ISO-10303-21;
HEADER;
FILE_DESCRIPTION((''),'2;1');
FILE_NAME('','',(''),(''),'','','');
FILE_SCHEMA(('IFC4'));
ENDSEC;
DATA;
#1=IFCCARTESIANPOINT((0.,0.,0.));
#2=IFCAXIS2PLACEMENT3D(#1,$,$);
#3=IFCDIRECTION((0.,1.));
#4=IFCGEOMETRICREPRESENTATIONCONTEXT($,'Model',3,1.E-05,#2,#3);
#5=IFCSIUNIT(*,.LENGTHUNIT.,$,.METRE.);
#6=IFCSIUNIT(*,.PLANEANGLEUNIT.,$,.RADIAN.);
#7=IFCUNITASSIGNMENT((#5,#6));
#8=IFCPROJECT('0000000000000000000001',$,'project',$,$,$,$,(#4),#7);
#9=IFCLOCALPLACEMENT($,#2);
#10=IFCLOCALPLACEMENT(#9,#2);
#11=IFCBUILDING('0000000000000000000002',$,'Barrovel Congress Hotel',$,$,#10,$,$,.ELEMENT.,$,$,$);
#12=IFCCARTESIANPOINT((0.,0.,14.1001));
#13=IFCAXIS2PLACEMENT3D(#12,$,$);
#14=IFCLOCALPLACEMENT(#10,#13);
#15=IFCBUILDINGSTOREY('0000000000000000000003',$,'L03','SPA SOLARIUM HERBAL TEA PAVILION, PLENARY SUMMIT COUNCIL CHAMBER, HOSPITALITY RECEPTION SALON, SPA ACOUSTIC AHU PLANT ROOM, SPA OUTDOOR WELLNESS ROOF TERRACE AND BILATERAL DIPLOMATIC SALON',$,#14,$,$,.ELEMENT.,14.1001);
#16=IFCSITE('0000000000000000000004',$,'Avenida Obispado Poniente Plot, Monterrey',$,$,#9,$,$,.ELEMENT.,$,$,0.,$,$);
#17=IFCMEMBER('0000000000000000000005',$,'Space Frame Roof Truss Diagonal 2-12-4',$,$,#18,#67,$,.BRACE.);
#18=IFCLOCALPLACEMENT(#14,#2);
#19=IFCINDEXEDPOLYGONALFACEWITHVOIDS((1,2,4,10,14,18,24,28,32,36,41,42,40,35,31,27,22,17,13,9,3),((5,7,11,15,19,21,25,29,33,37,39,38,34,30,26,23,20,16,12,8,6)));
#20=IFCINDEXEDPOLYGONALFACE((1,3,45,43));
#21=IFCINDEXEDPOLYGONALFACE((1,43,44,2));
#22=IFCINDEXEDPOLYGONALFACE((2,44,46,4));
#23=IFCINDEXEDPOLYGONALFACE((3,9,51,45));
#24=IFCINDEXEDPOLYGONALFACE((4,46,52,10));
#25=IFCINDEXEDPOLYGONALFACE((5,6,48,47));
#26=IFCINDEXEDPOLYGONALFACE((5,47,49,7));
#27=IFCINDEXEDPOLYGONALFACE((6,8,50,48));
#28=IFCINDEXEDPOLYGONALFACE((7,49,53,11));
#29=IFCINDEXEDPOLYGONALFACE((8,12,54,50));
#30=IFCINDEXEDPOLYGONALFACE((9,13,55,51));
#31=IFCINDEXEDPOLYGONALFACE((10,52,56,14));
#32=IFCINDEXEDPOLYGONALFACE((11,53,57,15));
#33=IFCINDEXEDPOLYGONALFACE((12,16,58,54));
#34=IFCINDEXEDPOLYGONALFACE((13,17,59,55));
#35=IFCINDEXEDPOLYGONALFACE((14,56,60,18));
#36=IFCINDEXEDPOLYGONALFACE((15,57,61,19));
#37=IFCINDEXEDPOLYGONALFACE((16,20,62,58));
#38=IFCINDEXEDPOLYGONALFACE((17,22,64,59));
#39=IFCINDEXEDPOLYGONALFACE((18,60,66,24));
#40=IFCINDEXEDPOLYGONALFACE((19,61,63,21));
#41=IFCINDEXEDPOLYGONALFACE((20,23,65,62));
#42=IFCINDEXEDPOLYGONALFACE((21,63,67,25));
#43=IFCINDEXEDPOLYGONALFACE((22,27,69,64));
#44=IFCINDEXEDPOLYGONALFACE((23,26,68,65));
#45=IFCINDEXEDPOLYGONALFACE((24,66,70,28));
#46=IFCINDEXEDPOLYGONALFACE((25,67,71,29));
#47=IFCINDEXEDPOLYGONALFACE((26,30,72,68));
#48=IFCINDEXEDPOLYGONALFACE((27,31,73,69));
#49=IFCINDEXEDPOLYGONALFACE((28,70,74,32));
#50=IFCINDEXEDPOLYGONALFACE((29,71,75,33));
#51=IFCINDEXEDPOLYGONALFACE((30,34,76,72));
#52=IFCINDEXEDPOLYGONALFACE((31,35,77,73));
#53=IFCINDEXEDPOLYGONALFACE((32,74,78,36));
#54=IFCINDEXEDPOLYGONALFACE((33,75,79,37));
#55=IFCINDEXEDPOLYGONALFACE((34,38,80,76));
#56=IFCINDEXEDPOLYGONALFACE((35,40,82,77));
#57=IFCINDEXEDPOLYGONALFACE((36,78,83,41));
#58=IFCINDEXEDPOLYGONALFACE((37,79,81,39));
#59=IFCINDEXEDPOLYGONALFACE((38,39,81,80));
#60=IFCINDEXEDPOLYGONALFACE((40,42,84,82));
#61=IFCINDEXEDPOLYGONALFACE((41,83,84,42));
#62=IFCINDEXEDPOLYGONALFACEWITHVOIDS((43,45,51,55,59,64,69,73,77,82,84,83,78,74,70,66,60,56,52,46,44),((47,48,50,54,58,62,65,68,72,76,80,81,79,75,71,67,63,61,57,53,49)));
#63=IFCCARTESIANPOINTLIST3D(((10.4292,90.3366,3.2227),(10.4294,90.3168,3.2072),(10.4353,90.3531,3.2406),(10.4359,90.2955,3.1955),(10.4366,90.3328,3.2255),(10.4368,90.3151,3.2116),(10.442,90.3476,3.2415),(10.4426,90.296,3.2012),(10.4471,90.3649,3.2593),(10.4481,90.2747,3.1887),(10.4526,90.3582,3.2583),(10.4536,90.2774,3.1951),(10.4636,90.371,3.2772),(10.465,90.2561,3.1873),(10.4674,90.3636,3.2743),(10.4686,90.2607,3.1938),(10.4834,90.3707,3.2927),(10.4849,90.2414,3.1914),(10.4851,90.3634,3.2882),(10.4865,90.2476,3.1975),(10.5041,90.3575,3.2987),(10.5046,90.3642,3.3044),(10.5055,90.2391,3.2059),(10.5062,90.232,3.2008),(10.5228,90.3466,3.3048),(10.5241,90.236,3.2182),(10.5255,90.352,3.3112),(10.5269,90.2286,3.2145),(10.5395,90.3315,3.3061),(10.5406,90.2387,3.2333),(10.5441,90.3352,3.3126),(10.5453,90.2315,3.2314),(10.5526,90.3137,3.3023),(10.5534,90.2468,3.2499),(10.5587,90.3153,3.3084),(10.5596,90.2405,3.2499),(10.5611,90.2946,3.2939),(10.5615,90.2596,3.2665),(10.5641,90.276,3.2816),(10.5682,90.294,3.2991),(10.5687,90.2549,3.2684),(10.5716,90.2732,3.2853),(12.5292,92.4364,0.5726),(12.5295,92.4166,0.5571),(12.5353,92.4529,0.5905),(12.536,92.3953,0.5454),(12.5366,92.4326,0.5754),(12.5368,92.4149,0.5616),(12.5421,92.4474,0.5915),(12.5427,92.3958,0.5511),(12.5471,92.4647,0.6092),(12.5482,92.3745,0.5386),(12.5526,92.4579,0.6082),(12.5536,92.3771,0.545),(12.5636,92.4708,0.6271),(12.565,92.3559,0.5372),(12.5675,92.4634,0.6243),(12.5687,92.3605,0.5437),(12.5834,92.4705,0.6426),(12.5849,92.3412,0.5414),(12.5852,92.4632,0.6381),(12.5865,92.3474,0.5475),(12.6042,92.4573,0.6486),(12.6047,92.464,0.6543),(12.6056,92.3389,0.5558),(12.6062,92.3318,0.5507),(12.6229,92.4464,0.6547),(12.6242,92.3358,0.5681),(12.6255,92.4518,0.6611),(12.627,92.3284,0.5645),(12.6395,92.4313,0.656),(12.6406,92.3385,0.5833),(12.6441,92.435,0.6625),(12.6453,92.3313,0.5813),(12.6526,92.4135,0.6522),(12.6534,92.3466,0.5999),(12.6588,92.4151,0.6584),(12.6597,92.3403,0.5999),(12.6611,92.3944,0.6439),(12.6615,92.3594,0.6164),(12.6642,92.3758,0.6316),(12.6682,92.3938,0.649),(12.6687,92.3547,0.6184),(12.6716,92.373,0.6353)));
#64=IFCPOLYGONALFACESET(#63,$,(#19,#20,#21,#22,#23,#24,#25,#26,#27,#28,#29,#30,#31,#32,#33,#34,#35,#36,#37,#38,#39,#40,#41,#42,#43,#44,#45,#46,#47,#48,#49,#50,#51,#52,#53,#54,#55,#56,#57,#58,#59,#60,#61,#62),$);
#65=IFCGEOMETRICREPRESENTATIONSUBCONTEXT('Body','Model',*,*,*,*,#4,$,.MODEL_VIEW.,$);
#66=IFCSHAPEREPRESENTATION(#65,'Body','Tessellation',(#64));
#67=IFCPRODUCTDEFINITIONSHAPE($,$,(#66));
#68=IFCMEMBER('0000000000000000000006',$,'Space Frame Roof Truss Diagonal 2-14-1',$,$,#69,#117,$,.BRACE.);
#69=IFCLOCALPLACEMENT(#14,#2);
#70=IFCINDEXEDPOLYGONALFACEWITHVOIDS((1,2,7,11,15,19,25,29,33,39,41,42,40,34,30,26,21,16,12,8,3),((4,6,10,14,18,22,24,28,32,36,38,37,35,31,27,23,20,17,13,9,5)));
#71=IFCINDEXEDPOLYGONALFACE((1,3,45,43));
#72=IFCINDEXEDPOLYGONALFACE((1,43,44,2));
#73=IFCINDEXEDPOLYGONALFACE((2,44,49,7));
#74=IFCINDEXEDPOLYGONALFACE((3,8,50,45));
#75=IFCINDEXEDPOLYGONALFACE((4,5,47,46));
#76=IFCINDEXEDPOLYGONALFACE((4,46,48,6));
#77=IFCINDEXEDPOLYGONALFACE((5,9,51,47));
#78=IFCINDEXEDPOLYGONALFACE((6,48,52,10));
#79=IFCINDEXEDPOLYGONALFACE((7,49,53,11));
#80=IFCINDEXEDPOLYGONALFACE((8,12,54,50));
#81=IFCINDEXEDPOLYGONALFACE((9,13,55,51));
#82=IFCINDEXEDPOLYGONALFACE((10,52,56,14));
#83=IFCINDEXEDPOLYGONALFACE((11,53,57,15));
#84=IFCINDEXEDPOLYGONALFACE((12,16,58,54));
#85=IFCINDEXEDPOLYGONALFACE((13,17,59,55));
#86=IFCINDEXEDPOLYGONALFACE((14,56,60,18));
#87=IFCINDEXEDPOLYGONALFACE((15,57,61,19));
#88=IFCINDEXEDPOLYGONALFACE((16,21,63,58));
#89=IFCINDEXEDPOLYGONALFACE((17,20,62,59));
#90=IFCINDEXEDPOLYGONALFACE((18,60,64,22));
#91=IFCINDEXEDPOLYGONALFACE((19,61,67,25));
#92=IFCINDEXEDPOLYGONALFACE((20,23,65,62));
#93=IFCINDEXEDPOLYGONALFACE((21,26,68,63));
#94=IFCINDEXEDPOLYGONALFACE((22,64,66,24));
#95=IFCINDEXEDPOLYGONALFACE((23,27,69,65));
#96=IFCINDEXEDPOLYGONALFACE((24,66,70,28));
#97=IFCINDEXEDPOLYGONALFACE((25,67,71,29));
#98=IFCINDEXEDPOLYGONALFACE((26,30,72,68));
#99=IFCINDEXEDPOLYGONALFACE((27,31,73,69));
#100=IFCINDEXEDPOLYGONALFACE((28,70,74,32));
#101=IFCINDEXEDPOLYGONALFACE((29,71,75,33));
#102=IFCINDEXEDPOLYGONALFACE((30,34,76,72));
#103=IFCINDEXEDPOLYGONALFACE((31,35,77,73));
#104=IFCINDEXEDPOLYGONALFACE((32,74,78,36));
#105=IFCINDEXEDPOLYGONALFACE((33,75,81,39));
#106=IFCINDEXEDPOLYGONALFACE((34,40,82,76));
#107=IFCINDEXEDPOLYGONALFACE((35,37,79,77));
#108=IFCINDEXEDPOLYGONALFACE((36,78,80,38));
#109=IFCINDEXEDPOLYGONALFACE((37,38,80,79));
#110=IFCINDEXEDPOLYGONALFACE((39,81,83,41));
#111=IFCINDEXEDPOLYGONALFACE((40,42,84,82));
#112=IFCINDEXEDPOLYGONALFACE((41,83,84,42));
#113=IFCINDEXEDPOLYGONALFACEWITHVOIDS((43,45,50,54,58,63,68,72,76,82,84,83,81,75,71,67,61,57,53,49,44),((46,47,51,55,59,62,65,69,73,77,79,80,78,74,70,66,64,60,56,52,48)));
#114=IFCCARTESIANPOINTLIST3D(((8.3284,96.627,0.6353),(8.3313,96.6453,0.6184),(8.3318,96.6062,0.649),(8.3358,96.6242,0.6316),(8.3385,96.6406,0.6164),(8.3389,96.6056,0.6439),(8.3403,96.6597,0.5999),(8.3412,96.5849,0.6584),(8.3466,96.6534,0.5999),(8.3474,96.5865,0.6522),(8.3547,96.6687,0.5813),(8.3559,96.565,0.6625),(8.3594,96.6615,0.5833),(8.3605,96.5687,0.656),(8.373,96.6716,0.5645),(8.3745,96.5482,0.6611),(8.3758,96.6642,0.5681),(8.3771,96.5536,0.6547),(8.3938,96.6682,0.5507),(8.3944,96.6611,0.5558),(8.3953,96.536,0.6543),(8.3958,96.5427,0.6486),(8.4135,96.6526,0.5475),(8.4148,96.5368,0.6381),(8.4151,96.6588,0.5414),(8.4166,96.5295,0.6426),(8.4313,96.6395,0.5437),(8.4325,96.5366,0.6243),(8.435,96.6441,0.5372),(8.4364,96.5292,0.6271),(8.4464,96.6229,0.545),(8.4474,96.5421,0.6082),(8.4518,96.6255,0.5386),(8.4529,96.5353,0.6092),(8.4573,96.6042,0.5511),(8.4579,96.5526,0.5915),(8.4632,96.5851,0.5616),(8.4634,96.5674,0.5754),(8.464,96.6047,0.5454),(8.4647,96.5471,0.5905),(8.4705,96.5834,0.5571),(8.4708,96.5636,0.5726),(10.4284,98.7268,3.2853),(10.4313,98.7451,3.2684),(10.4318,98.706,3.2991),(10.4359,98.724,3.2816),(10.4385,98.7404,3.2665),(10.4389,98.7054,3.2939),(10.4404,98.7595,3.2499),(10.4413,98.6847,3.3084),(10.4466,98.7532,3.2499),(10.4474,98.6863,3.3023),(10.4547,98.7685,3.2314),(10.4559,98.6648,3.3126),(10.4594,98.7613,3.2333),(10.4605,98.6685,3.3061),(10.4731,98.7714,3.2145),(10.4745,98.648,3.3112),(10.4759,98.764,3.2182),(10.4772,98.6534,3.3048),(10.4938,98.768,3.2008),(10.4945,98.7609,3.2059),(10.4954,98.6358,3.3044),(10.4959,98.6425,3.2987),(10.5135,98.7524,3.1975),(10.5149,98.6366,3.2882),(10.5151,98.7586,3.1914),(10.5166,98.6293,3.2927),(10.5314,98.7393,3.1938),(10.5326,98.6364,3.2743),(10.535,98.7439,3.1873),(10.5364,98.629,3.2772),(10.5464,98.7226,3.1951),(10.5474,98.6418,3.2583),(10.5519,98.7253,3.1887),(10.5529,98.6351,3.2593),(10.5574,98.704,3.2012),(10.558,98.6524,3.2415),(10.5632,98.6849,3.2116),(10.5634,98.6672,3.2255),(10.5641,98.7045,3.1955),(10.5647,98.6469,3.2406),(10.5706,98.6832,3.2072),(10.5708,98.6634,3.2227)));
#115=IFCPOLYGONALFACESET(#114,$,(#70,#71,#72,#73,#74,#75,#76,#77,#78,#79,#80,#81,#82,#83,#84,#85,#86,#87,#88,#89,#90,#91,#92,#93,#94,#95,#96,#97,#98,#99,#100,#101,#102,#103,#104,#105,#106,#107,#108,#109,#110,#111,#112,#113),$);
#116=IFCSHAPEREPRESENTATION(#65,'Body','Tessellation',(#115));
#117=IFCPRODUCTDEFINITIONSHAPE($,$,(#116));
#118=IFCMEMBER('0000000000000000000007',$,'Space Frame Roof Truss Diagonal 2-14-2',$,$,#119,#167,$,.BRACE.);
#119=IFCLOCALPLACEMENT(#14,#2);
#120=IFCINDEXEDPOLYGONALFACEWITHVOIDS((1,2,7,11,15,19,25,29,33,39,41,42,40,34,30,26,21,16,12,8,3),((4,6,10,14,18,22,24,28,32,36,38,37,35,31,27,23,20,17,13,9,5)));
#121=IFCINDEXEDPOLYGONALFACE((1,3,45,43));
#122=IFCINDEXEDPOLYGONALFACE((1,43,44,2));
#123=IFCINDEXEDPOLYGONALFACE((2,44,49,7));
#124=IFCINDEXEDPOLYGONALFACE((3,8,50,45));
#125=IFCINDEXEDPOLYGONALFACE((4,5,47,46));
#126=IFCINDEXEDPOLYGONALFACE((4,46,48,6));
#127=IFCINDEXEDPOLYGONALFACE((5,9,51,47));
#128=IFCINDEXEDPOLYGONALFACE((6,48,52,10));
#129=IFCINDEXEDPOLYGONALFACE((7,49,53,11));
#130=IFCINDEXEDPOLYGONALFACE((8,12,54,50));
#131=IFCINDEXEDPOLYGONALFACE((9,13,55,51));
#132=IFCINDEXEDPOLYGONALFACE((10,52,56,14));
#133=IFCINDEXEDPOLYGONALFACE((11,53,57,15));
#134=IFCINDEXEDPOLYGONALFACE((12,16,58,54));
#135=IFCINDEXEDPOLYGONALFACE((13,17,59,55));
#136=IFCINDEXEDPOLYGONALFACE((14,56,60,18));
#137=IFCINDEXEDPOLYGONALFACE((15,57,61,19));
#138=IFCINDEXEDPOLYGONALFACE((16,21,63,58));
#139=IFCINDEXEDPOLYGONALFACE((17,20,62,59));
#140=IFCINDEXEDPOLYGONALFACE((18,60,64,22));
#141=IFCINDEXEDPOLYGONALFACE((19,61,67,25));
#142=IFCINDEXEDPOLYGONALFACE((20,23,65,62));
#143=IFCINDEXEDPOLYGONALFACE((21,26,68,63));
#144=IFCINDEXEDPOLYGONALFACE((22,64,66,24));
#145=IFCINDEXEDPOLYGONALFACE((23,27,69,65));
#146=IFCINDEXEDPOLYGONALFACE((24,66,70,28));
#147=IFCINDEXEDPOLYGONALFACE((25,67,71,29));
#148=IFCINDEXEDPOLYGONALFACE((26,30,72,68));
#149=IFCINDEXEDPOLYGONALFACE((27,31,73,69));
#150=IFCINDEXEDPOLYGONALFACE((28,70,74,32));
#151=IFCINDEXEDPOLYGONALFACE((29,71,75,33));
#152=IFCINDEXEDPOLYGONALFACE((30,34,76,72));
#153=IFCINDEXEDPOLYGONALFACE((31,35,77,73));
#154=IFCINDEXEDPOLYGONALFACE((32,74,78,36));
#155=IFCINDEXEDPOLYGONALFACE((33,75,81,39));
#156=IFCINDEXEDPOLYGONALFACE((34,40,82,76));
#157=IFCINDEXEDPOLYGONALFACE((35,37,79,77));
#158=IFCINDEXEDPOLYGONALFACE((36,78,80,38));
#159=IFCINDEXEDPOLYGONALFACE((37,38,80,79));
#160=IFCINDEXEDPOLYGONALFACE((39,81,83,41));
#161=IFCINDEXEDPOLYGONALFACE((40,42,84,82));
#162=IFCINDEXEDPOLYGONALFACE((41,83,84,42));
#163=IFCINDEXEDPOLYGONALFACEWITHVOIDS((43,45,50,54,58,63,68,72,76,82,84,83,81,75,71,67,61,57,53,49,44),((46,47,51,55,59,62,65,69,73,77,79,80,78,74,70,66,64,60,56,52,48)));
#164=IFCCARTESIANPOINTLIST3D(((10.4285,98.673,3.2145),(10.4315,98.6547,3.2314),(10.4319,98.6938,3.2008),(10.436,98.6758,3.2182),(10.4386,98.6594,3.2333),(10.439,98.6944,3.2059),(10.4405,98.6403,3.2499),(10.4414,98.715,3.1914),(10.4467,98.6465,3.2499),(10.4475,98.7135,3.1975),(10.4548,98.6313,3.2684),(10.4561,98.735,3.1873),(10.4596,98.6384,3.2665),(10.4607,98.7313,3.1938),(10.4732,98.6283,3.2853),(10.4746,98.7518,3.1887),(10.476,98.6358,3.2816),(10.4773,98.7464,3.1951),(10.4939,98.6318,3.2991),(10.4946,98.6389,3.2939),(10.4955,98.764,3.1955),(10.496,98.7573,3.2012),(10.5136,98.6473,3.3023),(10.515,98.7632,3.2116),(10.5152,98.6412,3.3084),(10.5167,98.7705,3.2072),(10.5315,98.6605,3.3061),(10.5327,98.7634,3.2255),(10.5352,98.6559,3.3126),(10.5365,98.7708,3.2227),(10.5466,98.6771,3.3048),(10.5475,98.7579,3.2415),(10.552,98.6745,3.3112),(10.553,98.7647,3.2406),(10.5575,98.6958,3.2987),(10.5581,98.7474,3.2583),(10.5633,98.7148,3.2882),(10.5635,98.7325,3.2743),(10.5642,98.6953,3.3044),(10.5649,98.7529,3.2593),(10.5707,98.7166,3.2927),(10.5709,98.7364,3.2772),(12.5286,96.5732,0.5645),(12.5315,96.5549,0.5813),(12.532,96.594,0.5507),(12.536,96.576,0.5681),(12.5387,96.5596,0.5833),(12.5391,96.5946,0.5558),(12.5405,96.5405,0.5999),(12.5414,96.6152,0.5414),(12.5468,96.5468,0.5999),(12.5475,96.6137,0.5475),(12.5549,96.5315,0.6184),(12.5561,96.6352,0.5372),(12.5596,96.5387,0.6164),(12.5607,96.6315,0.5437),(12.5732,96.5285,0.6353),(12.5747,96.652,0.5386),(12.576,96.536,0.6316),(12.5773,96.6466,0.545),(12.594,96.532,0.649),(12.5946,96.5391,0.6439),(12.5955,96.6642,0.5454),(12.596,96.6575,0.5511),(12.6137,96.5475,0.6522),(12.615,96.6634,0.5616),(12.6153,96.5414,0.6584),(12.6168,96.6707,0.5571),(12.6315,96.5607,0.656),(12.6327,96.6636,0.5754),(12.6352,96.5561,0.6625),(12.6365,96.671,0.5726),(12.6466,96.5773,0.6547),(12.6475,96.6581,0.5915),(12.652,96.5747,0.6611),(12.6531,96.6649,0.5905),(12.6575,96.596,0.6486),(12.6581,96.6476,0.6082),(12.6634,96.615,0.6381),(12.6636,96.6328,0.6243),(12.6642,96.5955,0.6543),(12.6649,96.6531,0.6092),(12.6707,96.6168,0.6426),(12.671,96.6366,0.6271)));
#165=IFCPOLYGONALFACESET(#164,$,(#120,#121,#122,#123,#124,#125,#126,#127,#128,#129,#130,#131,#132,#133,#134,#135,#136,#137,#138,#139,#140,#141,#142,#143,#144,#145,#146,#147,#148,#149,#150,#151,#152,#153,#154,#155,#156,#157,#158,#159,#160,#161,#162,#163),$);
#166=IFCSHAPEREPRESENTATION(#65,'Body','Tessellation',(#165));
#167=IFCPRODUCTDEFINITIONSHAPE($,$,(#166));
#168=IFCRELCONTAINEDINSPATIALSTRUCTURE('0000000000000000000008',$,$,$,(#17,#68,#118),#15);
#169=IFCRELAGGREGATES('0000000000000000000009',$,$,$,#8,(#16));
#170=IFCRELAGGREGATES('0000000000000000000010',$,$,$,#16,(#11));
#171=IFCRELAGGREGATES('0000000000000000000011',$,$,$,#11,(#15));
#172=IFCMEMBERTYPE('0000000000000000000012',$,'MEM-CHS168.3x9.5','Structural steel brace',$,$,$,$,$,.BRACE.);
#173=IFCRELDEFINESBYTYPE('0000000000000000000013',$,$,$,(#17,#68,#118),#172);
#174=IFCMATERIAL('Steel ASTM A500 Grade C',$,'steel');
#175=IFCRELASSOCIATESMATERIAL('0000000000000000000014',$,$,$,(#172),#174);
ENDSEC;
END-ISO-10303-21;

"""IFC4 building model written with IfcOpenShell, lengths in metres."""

from ifc_helpers import new_model, si_unit, direction, frame, origin, origin_2d, place, context, subcontext, project, spatial, hollow_circle, extrude, material, material_profile, profile_set, type_object, element, save


model = new_model("IFC4")

# Units and contexts
model_context = context("Model", 3, precision=1e-05, world=origin(), true_north=direction((0.0, 1.0)))
body_context = subcontext(model_context, "Body", "Model", "MODEL_VIEW")
ifc_project = project(units=[si_unit("LENGTHUNIT", "METRE"), si_unit("PLANEANGLEUNIT", "RADIAN")], contexts=[model_context])

# Site, building, storey
site_placement = place(None, origin())
site = spatial("IfcSite", under=ifc_project, at=site_placement, Name="Avenida Obispado Poniente Plot, Monterrey", CompositionType="ELEMENT", RefElevation=0.0)
building_placement = place(site_placement, origin())
building = spatial("IfcBuilding", under=site, at=building_placement, Name="Barrovel Congress Hotel", CompositionType="ELEMENT")
storey_placement = place(building_placement, frame((0.0, 0.0, 14.1001)))
storey = spatial("IfcBuildingStorey", under=building, at=storey_placement, Name="L03", Description="SPA SOLARIUM HERBAL TEA PAVILION, PLENARY SUMMIT COUNCIL CHAMBER, HOSPITALITY RECEPTION SALON, SPA ACOUSTIC AHU PLANT ROOM, SPA OUTDOOR WELLNESS ROOF TERRACE AND BILATERAL DIPLOMATIC SALON", CompositionType="ELEMENT", Elevation=14.1001)

# Members
ifc_material_1 = material(Name="Steel ASTM A500 Grade C", Category="steel")
ifc_material_profile_1 = material_profile(ifc_material_1, hollow_circle(Radius=0.0842, WallThickness=0.0088, at=origin_2d()), Name="CHS168.3x9.5")
ifc_profile_set_1 = profile_set([ifc_material_profile_1], Name="Steel ASTM A500 Grade C")
member_type_1 = type_object("IfcMemberType", Name="MEM-CHS168.3x9.5", Description="Structural steel brace", PredefinedType="BRACE", material=ifc_profile_set_1)
for number, where, z_axis, x_axis, name in (
    (1, (12.6001, 92.3999, 0.5999), (-0.527618, -0.527557, 0.66581), (0.707066, -0.707148, 0.0), "Space Frame Roof Truss Diagonal 2-12-4"),
    (2, (8.3999, 96.6001, 0.5999), (0.527618, 0.527557, 0.66581), (-0.707066, 0.707148, 0.0), "Space Frame Roof Truss Diagonal 2-14-1"),
    (3, (12.6001, 96.6001, 0.5999), (-0.527618, 0.527557, 0.66581), (-0.707066, -0.707148, 0.0), "Space Frame Roof Truss Diagonal 2-14-2"),
):
    element("IfcMember", number, at=place(storey_placement, frame(where, z_axis=z_axis, x_axis=x_axis)), inside=storey, type_object=member_type_1, Name=name, PredefinedType="BRACE", context=body_context, shape_type="SweptSolid", body=[
        extrude(hollow_circle(Radius=0.0842, WallThickness=0.0088, at=origin_2d()), origin(), (0.0, 0.0, 1.0), 3.9802),
    ])

save(model, "model.ifc")
